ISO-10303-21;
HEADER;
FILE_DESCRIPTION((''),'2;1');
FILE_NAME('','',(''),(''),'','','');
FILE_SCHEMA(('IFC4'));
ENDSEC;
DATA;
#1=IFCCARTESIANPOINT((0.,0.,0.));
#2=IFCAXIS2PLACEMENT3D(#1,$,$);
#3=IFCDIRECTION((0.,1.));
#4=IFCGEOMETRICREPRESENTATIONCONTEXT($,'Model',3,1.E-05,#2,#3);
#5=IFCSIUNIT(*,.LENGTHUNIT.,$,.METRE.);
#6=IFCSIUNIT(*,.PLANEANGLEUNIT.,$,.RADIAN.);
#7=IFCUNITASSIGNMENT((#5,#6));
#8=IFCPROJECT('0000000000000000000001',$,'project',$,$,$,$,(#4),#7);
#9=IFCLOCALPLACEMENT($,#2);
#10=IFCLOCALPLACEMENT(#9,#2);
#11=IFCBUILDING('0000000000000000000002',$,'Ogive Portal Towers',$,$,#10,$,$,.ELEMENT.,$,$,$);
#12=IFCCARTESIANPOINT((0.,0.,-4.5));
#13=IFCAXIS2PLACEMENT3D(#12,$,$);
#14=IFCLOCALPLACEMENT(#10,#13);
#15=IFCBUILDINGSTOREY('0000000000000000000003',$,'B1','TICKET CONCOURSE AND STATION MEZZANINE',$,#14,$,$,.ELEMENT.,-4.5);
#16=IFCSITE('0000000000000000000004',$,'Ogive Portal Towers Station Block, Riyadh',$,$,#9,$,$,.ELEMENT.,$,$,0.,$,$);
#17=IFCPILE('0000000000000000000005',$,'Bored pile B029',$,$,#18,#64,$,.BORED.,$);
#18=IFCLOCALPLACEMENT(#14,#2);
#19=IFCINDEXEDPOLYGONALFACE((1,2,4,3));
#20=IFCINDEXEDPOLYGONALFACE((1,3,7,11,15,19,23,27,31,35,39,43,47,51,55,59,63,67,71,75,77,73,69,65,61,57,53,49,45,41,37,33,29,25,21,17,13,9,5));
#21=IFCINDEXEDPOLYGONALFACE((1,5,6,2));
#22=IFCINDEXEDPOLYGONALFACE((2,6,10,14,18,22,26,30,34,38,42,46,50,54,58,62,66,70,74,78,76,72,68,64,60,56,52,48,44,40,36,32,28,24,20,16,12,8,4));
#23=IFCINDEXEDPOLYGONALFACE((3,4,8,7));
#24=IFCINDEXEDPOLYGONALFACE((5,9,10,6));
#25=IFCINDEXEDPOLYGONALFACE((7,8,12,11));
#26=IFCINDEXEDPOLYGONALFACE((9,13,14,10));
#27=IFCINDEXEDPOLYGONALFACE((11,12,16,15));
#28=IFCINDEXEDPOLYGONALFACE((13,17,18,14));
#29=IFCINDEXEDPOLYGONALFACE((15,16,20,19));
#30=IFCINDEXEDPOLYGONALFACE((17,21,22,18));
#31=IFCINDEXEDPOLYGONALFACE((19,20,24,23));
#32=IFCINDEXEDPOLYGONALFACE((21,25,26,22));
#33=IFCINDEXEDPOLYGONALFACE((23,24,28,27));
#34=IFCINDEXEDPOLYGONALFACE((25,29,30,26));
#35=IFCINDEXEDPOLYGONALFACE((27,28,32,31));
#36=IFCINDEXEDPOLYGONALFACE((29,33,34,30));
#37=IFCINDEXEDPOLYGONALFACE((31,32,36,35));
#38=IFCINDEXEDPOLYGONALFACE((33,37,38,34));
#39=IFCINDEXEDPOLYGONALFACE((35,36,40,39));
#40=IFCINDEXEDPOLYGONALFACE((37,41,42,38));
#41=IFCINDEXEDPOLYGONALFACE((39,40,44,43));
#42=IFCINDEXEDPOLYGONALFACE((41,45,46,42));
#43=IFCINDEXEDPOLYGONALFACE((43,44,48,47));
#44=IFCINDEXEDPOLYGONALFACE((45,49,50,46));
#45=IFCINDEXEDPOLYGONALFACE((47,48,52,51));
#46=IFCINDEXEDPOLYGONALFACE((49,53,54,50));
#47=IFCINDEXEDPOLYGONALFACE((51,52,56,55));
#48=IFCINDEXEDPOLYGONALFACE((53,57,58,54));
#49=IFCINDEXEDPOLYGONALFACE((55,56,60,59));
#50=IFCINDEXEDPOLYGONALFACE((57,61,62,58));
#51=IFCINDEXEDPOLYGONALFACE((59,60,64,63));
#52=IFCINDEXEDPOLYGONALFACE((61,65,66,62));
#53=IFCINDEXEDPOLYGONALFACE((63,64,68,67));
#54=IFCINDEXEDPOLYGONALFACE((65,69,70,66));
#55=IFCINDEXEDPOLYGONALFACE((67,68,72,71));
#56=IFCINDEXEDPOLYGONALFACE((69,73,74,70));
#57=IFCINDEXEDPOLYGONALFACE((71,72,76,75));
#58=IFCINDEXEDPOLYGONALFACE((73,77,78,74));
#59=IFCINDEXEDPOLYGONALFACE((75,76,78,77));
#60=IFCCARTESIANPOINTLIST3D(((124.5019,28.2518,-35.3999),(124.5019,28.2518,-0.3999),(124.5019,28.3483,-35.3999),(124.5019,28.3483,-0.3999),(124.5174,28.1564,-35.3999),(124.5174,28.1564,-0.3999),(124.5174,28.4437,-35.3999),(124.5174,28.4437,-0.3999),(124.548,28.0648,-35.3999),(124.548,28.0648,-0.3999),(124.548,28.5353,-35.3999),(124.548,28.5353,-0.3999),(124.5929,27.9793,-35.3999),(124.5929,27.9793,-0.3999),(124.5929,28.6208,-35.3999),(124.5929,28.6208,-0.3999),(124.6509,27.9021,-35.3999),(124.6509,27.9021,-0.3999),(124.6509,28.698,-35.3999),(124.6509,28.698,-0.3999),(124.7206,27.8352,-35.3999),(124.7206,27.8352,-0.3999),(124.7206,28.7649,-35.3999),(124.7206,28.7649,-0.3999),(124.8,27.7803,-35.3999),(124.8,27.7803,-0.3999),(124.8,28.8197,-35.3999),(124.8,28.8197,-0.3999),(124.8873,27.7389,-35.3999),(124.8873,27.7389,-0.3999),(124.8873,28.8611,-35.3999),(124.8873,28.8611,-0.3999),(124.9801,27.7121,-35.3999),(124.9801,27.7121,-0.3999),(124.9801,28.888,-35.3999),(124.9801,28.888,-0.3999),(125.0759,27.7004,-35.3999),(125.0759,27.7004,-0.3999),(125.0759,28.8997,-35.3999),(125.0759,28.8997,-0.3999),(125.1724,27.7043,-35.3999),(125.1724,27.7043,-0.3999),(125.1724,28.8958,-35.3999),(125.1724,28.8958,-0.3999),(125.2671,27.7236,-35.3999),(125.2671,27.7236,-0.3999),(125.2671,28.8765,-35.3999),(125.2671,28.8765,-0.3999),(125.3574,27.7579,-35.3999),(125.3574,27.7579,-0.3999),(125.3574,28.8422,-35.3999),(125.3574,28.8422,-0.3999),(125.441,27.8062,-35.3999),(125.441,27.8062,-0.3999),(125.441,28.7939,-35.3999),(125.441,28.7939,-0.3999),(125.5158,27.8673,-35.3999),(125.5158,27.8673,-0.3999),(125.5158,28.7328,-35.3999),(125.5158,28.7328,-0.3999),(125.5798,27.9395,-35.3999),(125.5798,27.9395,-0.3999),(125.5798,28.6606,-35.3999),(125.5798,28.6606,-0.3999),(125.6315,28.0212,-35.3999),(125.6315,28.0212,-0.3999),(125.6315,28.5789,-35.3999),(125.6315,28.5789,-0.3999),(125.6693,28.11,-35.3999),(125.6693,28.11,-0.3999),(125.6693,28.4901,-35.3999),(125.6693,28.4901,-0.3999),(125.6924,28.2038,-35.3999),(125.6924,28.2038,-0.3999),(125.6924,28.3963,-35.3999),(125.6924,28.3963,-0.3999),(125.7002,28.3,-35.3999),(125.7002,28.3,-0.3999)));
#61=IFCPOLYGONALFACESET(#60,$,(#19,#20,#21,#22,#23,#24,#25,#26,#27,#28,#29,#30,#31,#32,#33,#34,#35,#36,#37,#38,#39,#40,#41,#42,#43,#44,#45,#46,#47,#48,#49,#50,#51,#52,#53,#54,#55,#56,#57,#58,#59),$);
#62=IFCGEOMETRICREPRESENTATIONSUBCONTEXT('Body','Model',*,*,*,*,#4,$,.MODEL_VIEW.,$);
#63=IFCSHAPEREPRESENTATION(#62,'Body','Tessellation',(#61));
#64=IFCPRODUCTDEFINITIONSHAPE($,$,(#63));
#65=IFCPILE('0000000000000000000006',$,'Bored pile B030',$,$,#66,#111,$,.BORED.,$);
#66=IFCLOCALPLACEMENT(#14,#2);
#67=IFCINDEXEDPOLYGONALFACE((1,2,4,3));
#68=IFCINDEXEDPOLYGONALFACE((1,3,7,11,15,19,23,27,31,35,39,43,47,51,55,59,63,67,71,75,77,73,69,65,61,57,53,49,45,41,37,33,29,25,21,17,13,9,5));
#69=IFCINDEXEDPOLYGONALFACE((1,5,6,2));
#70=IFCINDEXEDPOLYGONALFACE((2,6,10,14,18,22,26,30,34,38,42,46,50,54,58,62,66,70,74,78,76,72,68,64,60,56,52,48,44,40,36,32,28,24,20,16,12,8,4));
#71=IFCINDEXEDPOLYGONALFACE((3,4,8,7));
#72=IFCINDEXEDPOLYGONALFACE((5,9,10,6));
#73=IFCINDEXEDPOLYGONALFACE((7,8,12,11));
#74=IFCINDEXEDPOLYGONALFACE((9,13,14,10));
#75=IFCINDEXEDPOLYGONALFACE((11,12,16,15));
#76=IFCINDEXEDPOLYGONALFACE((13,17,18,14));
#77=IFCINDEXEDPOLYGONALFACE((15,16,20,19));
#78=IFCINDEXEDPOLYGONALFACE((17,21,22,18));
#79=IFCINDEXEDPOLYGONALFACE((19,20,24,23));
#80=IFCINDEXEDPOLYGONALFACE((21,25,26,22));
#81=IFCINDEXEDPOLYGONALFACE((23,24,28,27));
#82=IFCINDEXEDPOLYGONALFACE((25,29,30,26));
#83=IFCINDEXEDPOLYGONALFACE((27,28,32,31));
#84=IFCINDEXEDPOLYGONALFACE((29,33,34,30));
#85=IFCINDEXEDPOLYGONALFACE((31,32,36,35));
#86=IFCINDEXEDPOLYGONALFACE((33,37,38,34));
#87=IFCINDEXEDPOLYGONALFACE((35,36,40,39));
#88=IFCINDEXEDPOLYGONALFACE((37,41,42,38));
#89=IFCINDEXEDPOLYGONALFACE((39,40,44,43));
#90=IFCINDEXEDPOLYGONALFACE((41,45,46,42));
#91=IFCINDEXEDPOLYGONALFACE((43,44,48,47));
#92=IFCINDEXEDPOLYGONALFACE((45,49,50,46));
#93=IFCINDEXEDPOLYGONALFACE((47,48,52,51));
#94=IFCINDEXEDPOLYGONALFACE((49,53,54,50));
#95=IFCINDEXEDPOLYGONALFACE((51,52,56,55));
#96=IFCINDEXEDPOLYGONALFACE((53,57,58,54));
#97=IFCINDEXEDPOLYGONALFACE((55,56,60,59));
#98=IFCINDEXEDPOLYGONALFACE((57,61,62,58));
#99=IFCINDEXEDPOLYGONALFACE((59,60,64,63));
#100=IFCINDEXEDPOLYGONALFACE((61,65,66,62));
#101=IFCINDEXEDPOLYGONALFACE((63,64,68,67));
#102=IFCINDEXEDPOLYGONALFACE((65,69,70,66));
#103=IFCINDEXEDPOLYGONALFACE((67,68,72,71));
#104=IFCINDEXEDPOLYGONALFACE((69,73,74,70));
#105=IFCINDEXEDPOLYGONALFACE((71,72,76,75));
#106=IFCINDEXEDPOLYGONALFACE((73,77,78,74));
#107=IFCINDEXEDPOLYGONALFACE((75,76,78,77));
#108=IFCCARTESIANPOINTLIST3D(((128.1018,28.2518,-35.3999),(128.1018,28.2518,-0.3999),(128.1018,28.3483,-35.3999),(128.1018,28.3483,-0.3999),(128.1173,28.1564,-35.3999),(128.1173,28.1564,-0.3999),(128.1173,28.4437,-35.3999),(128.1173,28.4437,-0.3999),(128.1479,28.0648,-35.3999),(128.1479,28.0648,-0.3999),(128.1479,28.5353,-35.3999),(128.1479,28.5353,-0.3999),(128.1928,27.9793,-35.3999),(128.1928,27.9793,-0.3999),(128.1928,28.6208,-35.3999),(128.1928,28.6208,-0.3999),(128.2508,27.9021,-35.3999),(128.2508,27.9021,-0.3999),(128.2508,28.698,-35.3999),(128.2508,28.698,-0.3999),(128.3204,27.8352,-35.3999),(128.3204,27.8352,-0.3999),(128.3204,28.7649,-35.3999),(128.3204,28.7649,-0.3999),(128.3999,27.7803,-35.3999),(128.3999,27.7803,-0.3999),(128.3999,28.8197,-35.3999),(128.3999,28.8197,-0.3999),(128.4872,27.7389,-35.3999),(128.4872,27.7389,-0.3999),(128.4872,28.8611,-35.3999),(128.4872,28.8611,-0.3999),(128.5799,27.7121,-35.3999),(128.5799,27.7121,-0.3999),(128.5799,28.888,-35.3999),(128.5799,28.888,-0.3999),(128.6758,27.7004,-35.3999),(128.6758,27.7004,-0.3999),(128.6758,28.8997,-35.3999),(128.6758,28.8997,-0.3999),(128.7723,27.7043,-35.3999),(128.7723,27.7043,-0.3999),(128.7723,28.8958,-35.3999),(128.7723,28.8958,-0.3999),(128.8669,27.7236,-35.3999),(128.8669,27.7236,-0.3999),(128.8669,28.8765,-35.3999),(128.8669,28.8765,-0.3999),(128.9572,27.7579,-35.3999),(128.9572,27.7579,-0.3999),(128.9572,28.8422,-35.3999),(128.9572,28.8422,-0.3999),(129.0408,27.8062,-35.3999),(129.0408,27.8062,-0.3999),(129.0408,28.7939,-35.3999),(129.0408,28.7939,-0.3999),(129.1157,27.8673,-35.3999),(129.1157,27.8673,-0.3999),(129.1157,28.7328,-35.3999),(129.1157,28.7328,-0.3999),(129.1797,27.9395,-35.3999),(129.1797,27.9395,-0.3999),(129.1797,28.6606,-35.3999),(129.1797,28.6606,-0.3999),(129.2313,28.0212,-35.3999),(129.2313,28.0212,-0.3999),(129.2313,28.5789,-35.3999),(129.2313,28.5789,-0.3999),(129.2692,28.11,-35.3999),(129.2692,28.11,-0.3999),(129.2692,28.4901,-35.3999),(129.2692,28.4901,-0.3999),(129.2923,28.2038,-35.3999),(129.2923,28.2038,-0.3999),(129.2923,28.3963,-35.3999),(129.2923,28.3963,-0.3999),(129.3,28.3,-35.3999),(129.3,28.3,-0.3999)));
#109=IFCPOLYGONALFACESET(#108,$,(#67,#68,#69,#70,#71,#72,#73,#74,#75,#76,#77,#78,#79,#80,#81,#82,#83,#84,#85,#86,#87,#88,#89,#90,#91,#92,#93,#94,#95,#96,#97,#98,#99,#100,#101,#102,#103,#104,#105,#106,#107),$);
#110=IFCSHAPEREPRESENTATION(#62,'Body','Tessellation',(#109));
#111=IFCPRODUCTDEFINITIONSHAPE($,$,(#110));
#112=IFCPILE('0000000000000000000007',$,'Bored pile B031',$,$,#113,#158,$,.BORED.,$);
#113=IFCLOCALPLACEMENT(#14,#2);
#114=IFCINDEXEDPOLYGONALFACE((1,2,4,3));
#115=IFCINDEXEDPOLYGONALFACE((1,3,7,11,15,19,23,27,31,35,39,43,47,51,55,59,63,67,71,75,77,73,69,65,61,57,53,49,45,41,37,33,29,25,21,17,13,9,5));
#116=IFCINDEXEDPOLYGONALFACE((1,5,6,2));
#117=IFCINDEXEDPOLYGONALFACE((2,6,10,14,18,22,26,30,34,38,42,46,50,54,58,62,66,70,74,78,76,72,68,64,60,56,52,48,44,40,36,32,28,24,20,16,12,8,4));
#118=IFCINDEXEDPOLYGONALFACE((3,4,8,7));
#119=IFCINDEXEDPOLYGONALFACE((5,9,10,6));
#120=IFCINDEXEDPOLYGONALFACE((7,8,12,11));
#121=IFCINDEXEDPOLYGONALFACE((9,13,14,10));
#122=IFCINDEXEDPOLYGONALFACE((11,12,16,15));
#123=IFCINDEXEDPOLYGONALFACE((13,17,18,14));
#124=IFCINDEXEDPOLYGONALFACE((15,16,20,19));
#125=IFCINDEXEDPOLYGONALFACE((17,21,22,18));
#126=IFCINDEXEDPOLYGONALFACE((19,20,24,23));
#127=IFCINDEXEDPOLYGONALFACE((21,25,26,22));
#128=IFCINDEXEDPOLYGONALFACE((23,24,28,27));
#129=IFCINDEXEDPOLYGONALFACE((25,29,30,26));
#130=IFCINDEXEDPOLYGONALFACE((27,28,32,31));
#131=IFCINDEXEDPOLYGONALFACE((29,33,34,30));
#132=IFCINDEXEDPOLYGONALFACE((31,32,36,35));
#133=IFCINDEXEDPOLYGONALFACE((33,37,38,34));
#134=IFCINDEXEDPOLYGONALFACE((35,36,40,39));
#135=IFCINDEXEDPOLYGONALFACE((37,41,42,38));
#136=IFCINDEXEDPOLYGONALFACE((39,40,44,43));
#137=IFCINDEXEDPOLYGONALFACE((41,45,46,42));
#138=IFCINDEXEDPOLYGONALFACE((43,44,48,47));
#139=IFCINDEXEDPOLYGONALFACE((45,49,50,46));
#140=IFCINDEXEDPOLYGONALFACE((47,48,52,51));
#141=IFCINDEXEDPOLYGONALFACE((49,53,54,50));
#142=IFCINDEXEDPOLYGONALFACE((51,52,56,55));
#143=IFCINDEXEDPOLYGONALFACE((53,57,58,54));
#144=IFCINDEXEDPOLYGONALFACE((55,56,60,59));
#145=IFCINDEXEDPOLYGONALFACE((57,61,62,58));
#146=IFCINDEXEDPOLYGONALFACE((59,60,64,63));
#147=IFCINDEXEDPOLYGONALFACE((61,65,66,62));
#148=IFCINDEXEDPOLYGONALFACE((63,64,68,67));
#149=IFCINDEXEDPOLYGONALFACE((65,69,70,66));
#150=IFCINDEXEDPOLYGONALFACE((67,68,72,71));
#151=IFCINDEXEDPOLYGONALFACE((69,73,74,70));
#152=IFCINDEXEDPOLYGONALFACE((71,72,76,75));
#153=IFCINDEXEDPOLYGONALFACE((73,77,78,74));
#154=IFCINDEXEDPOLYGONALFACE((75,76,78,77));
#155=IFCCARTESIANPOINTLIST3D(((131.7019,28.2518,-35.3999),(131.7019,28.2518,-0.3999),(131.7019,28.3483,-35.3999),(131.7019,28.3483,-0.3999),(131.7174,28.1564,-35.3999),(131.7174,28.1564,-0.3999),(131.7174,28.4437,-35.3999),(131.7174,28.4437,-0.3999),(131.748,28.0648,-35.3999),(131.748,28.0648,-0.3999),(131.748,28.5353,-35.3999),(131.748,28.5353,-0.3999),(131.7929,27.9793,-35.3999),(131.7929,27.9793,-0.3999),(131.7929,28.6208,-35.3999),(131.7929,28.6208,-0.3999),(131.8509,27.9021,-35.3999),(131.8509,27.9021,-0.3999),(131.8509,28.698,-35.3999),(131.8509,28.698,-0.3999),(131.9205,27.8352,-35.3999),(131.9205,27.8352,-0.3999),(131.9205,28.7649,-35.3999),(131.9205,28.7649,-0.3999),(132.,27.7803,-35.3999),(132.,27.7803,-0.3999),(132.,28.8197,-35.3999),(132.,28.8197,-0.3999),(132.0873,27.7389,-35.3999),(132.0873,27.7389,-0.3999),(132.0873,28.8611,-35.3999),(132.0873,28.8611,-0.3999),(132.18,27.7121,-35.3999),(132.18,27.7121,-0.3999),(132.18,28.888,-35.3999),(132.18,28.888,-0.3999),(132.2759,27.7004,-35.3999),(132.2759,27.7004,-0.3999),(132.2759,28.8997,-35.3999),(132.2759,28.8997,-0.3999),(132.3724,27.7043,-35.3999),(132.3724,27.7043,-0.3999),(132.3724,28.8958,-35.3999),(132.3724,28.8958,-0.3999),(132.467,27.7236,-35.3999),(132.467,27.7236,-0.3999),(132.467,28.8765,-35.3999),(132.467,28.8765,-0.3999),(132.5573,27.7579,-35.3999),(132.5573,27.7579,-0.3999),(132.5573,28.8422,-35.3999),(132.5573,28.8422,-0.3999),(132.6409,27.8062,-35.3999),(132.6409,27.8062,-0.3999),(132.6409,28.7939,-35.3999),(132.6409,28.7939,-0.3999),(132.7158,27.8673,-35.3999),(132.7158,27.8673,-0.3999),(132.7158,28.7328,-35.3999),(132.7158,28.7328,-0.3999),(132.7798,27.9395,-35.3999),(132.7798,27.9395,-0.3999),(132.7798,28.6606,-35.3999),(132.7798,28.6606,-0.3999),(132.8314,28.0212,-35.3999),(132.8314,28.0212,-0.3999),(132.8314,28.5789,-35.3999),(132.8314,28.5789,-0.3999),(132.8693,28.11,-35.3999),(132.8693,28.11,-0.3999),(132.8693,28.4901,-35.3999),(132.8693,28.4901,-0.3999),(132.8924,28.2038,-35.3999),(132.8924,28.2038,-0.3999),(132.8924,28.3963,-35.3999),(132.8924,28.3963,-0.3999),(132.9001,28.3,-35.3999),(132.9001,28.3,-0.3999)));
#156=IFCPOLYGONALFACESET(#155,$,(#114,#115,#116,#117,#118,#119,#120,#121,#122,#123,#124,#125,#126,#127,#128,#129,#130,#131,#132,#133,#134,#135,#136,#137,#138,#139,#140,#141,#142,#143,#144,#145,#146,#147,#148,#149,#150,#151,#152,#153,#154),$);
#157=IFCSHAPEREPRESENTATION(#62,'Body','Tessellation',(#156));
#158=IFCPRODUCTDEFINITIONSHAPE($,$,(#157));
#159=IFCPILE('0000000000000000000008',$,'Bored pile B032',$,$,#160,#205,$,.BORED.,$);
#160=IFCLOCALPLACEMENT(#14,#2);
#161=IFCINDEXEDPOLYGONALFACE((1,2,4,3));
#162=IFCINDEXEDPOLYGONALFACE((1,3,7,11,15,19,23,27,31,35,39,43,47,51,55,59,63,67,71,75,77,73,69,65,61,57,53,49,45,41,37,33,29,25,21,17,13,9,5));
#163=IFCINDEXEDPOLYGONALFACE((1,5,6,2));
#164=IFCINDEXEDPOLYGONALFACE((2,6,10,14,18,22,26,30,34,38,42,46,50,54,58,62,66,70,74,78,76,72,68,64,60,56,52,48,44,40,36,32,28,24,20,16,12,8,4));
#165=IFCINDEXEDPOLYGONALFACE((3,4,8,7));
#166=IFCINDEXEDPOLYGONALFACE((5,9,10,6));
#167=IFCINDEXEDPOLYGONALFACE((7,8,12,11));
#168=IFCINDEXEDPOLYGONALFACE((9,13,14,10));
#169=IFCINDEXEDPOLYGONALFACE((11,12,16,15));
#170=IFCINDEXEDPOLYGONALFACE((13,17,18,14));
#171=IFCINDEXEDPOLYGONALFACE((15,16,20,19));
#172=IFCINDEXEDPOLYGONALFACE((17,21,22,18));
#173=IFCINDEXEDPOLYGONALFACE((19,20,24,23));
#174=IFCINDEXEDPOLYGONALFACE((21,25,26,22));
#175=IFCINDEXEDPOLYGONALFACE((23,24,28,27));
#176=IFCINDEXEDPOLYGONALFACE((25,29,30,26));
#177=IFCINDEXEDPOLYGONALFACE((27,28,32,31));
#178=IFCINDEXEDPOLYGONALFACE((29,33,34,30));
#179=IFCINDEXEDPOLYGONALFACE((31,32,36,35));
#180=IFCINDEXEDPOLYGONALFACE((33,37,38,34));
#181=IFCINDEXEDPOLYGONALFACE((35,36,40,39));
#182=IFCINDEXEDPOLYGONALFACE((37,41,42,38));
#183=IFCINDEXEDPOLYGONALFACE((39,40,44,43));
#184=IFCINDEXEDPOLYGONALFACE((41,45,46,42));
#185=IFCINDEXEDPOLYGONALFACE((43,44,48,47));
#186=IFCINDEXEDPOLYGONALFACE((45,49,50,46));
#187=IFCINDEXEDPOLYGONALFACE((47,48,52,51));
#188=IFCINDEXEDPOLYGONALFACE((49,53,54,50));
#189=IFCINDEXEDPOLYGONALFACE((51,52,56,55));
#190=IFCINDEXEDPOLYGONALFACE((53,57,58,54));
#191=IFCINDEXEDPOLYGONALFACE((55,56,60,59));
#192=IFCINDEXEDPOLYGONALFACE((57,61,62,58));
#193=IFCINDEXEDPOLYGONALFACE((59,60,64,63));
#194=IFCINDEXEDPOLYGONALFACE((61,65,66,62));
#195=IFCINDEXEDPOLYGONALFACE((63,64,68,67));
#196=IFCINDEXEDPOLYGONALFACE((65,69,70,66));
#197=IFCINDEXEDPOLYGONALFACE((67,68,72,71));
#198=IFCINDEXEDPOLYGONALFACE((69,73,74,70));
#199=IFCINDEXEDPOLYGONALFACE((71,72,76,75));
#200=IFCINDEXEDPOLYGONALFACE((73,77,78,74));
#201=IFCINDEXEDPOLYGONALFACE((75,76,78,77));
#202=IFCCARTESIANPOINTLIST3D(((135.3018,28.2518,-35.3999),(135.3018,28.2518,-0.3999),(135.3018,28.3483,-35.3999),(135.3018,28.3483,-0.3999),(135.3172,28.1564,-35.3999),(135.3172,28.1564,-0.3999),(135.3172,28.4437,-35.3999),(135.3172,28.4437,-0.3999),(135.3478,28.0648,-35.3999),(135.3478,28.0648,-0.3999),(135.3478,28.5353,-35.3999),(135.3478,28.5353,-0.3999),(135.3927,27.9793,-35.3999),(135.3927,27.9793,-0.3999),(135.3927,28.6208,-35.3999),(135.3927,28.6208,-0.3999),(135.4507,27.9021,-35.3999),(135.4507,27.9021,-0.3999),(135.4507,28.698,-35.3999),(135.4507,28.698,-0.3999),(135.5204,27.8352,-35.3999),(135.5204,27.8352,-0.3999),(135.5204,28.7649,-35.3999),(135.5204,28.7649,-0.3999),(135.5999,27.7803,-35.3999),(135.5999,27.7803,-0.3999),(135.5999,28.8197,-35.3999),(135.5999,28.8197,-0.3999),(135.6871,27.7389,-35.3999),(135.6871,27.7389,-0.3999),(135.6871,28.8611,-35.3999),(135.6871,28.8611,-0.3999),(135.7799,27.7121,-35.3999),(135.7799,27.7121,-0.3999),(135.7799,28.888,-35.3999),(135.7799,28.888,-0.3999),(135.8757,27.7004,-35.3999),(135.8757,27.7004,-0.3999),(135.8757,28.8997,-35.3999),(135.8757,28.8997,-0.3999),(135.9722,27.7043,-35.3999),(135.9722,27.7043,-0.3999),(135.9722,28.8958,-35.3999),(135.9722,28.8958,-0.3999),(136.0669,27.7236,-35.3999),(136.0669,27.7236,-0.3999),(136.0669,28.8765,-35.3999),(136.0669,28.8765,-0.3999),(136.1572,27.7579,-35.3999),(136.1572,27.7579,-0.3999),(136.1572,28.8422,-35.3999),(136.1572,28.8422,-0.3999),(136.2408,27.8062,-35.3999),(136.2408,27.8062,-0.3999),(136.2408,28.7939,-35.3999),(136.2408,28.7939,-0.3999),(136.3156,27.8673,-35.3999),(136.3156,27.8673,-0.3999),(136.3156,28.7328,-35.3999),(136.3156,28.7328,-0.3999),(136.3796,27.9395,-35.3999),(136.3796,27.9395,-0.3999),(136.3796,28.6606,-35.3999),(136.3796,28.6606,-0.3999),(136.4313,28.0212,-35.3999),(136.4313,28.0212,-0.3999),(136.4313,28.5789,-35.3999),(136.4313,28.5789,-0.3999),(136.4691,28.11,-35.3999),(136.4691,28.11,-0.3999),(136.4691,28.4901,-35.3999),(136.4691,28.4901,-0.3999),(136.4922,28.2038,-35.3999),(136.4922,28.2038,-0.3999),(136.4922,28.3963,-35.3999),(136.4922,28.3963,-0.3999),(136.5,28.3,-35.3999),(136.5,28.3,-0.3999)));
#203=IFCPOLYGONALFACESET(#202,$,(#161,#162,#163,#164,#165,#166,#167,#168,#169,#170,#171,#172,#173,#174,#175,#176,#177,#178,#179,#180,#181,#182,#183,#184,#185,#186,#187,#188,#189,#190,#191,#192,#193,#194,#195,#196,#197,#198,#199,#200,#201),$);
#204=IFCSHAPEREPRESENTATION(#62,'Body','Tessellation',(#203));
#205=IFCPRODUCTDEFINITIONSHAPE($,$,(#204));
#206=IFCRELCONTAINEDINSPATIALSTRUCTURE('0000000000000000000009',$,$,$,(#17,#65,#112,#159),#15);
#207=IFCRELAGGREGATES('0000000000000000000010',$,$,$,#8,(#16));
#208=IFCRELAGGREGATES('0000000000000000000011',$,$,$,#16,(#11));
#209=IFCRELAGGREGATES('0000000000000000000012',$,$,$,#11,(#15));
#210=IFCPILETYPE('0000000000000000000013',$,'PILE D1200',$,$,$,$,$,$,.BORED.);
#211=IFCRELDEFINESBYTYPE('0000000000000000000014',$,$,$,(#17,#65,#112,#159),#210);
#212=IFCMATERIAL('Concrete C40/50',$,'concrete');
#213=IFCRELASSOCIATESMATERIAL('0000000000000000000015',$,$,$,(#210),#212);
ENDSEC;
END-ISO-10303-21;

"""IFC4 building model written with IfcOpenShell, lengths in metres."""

from ifc_helpers import new_model, si_unit, direction, frame, origin, origin_2d, place, context, subcontext, project, spatial, circle, extrude, material, material_profile, profile_set, type_object, element, save


model = new_model("IFC4")

# Units and contexts
model_context = context("Model", 3, precision=1e-05, world=origin(), true_north=direction((0.0, 1.0)))
body_context = subcontext(model_context, "Body", "Model", "MODEL_VIEW")
ifc_project = project(units=[si_unit("LENGTHUNIT", "METRE"), si_unit("PLANEANGLEUNIT", "RADIAN")], contexts=[model_context])

# Site, building, storey
site_placement = place(None, origin())
site = spatial("IfcSite", under=ifc_project, at=site_placement, Name="Ogive Portal Towers Station Block, Riyadh", CompositionType="ELEMENT", RefElevation=0.0)
building_placement = place(site_placement, origin())
building = spatial("IfcBuilding", under=site, at=building_placement, Name="Ogive Portal Towers", CompositionType="ELEMENT")
storey_placement = place(building_placement, frame((0.0, 0.0, -4.5)))
storey = spatial("IfcBuildingStorey", under=building, at=storey_placement, Name="B1", Description="TICKET CONCOURSE AND STATION MEZZANINE", CompositionType="ELEMENT", Elevation=-4.5)

# Piles
ifc_material_1 = material(Name="Concrete C40/50", Category="concrete")
ifc_material_profile_1 = material_profile(ifc_material_1, circle(Radius=0.6001, at=origin_2d()), Name="PILE D1200")
ifc_profile_set_1 = profile_set([ifc_material_profile_1], Name="Concrete C40/50")
pile_type = type_object("IfcPileType", Name="PILE D1200", PredefinedType="BORED", material=ifc_profile_set_1)
for number, where, z_axis, x_axis, name in (
    (1, (125.1001, 28.3, -0.3999), (0.0, 0.0, -1.0), (1.0, 0.0, 0.0), "Bored pile B029"),
    (2, (128.7, 28.3, -0.3999), (0.0, 0.0, -1.0), (1.0, 0.0, 0.0), "Bored pile B030"),
    (3, (132.3, 28.3, -0.3999), (0.0, 0.0, -1.0), (1.0, 0.0, 0.0), "Bored pile B031"),
    (4, (135.8999, 28.3, -0.3999), (0.0, 0.0, -1.0), (1.0, 0.0, 0.0), "Bored pile B032"),
):
    element("IfcPile", number, at=place(storey_placement, frame(where, z_axis=z_axis, x_axis=x_axis)), inside=storey, type_object=pile_type, Name=name, PredefinedType="BORED", context=body_context, shape_type="SweptSolid", body=[
        extrude(circle(Radius=0.6001, at=origin_2d()), origin(), (0.0, 0.0, 1.0), 35.0),
    ])

save(model, "model.ifc")
